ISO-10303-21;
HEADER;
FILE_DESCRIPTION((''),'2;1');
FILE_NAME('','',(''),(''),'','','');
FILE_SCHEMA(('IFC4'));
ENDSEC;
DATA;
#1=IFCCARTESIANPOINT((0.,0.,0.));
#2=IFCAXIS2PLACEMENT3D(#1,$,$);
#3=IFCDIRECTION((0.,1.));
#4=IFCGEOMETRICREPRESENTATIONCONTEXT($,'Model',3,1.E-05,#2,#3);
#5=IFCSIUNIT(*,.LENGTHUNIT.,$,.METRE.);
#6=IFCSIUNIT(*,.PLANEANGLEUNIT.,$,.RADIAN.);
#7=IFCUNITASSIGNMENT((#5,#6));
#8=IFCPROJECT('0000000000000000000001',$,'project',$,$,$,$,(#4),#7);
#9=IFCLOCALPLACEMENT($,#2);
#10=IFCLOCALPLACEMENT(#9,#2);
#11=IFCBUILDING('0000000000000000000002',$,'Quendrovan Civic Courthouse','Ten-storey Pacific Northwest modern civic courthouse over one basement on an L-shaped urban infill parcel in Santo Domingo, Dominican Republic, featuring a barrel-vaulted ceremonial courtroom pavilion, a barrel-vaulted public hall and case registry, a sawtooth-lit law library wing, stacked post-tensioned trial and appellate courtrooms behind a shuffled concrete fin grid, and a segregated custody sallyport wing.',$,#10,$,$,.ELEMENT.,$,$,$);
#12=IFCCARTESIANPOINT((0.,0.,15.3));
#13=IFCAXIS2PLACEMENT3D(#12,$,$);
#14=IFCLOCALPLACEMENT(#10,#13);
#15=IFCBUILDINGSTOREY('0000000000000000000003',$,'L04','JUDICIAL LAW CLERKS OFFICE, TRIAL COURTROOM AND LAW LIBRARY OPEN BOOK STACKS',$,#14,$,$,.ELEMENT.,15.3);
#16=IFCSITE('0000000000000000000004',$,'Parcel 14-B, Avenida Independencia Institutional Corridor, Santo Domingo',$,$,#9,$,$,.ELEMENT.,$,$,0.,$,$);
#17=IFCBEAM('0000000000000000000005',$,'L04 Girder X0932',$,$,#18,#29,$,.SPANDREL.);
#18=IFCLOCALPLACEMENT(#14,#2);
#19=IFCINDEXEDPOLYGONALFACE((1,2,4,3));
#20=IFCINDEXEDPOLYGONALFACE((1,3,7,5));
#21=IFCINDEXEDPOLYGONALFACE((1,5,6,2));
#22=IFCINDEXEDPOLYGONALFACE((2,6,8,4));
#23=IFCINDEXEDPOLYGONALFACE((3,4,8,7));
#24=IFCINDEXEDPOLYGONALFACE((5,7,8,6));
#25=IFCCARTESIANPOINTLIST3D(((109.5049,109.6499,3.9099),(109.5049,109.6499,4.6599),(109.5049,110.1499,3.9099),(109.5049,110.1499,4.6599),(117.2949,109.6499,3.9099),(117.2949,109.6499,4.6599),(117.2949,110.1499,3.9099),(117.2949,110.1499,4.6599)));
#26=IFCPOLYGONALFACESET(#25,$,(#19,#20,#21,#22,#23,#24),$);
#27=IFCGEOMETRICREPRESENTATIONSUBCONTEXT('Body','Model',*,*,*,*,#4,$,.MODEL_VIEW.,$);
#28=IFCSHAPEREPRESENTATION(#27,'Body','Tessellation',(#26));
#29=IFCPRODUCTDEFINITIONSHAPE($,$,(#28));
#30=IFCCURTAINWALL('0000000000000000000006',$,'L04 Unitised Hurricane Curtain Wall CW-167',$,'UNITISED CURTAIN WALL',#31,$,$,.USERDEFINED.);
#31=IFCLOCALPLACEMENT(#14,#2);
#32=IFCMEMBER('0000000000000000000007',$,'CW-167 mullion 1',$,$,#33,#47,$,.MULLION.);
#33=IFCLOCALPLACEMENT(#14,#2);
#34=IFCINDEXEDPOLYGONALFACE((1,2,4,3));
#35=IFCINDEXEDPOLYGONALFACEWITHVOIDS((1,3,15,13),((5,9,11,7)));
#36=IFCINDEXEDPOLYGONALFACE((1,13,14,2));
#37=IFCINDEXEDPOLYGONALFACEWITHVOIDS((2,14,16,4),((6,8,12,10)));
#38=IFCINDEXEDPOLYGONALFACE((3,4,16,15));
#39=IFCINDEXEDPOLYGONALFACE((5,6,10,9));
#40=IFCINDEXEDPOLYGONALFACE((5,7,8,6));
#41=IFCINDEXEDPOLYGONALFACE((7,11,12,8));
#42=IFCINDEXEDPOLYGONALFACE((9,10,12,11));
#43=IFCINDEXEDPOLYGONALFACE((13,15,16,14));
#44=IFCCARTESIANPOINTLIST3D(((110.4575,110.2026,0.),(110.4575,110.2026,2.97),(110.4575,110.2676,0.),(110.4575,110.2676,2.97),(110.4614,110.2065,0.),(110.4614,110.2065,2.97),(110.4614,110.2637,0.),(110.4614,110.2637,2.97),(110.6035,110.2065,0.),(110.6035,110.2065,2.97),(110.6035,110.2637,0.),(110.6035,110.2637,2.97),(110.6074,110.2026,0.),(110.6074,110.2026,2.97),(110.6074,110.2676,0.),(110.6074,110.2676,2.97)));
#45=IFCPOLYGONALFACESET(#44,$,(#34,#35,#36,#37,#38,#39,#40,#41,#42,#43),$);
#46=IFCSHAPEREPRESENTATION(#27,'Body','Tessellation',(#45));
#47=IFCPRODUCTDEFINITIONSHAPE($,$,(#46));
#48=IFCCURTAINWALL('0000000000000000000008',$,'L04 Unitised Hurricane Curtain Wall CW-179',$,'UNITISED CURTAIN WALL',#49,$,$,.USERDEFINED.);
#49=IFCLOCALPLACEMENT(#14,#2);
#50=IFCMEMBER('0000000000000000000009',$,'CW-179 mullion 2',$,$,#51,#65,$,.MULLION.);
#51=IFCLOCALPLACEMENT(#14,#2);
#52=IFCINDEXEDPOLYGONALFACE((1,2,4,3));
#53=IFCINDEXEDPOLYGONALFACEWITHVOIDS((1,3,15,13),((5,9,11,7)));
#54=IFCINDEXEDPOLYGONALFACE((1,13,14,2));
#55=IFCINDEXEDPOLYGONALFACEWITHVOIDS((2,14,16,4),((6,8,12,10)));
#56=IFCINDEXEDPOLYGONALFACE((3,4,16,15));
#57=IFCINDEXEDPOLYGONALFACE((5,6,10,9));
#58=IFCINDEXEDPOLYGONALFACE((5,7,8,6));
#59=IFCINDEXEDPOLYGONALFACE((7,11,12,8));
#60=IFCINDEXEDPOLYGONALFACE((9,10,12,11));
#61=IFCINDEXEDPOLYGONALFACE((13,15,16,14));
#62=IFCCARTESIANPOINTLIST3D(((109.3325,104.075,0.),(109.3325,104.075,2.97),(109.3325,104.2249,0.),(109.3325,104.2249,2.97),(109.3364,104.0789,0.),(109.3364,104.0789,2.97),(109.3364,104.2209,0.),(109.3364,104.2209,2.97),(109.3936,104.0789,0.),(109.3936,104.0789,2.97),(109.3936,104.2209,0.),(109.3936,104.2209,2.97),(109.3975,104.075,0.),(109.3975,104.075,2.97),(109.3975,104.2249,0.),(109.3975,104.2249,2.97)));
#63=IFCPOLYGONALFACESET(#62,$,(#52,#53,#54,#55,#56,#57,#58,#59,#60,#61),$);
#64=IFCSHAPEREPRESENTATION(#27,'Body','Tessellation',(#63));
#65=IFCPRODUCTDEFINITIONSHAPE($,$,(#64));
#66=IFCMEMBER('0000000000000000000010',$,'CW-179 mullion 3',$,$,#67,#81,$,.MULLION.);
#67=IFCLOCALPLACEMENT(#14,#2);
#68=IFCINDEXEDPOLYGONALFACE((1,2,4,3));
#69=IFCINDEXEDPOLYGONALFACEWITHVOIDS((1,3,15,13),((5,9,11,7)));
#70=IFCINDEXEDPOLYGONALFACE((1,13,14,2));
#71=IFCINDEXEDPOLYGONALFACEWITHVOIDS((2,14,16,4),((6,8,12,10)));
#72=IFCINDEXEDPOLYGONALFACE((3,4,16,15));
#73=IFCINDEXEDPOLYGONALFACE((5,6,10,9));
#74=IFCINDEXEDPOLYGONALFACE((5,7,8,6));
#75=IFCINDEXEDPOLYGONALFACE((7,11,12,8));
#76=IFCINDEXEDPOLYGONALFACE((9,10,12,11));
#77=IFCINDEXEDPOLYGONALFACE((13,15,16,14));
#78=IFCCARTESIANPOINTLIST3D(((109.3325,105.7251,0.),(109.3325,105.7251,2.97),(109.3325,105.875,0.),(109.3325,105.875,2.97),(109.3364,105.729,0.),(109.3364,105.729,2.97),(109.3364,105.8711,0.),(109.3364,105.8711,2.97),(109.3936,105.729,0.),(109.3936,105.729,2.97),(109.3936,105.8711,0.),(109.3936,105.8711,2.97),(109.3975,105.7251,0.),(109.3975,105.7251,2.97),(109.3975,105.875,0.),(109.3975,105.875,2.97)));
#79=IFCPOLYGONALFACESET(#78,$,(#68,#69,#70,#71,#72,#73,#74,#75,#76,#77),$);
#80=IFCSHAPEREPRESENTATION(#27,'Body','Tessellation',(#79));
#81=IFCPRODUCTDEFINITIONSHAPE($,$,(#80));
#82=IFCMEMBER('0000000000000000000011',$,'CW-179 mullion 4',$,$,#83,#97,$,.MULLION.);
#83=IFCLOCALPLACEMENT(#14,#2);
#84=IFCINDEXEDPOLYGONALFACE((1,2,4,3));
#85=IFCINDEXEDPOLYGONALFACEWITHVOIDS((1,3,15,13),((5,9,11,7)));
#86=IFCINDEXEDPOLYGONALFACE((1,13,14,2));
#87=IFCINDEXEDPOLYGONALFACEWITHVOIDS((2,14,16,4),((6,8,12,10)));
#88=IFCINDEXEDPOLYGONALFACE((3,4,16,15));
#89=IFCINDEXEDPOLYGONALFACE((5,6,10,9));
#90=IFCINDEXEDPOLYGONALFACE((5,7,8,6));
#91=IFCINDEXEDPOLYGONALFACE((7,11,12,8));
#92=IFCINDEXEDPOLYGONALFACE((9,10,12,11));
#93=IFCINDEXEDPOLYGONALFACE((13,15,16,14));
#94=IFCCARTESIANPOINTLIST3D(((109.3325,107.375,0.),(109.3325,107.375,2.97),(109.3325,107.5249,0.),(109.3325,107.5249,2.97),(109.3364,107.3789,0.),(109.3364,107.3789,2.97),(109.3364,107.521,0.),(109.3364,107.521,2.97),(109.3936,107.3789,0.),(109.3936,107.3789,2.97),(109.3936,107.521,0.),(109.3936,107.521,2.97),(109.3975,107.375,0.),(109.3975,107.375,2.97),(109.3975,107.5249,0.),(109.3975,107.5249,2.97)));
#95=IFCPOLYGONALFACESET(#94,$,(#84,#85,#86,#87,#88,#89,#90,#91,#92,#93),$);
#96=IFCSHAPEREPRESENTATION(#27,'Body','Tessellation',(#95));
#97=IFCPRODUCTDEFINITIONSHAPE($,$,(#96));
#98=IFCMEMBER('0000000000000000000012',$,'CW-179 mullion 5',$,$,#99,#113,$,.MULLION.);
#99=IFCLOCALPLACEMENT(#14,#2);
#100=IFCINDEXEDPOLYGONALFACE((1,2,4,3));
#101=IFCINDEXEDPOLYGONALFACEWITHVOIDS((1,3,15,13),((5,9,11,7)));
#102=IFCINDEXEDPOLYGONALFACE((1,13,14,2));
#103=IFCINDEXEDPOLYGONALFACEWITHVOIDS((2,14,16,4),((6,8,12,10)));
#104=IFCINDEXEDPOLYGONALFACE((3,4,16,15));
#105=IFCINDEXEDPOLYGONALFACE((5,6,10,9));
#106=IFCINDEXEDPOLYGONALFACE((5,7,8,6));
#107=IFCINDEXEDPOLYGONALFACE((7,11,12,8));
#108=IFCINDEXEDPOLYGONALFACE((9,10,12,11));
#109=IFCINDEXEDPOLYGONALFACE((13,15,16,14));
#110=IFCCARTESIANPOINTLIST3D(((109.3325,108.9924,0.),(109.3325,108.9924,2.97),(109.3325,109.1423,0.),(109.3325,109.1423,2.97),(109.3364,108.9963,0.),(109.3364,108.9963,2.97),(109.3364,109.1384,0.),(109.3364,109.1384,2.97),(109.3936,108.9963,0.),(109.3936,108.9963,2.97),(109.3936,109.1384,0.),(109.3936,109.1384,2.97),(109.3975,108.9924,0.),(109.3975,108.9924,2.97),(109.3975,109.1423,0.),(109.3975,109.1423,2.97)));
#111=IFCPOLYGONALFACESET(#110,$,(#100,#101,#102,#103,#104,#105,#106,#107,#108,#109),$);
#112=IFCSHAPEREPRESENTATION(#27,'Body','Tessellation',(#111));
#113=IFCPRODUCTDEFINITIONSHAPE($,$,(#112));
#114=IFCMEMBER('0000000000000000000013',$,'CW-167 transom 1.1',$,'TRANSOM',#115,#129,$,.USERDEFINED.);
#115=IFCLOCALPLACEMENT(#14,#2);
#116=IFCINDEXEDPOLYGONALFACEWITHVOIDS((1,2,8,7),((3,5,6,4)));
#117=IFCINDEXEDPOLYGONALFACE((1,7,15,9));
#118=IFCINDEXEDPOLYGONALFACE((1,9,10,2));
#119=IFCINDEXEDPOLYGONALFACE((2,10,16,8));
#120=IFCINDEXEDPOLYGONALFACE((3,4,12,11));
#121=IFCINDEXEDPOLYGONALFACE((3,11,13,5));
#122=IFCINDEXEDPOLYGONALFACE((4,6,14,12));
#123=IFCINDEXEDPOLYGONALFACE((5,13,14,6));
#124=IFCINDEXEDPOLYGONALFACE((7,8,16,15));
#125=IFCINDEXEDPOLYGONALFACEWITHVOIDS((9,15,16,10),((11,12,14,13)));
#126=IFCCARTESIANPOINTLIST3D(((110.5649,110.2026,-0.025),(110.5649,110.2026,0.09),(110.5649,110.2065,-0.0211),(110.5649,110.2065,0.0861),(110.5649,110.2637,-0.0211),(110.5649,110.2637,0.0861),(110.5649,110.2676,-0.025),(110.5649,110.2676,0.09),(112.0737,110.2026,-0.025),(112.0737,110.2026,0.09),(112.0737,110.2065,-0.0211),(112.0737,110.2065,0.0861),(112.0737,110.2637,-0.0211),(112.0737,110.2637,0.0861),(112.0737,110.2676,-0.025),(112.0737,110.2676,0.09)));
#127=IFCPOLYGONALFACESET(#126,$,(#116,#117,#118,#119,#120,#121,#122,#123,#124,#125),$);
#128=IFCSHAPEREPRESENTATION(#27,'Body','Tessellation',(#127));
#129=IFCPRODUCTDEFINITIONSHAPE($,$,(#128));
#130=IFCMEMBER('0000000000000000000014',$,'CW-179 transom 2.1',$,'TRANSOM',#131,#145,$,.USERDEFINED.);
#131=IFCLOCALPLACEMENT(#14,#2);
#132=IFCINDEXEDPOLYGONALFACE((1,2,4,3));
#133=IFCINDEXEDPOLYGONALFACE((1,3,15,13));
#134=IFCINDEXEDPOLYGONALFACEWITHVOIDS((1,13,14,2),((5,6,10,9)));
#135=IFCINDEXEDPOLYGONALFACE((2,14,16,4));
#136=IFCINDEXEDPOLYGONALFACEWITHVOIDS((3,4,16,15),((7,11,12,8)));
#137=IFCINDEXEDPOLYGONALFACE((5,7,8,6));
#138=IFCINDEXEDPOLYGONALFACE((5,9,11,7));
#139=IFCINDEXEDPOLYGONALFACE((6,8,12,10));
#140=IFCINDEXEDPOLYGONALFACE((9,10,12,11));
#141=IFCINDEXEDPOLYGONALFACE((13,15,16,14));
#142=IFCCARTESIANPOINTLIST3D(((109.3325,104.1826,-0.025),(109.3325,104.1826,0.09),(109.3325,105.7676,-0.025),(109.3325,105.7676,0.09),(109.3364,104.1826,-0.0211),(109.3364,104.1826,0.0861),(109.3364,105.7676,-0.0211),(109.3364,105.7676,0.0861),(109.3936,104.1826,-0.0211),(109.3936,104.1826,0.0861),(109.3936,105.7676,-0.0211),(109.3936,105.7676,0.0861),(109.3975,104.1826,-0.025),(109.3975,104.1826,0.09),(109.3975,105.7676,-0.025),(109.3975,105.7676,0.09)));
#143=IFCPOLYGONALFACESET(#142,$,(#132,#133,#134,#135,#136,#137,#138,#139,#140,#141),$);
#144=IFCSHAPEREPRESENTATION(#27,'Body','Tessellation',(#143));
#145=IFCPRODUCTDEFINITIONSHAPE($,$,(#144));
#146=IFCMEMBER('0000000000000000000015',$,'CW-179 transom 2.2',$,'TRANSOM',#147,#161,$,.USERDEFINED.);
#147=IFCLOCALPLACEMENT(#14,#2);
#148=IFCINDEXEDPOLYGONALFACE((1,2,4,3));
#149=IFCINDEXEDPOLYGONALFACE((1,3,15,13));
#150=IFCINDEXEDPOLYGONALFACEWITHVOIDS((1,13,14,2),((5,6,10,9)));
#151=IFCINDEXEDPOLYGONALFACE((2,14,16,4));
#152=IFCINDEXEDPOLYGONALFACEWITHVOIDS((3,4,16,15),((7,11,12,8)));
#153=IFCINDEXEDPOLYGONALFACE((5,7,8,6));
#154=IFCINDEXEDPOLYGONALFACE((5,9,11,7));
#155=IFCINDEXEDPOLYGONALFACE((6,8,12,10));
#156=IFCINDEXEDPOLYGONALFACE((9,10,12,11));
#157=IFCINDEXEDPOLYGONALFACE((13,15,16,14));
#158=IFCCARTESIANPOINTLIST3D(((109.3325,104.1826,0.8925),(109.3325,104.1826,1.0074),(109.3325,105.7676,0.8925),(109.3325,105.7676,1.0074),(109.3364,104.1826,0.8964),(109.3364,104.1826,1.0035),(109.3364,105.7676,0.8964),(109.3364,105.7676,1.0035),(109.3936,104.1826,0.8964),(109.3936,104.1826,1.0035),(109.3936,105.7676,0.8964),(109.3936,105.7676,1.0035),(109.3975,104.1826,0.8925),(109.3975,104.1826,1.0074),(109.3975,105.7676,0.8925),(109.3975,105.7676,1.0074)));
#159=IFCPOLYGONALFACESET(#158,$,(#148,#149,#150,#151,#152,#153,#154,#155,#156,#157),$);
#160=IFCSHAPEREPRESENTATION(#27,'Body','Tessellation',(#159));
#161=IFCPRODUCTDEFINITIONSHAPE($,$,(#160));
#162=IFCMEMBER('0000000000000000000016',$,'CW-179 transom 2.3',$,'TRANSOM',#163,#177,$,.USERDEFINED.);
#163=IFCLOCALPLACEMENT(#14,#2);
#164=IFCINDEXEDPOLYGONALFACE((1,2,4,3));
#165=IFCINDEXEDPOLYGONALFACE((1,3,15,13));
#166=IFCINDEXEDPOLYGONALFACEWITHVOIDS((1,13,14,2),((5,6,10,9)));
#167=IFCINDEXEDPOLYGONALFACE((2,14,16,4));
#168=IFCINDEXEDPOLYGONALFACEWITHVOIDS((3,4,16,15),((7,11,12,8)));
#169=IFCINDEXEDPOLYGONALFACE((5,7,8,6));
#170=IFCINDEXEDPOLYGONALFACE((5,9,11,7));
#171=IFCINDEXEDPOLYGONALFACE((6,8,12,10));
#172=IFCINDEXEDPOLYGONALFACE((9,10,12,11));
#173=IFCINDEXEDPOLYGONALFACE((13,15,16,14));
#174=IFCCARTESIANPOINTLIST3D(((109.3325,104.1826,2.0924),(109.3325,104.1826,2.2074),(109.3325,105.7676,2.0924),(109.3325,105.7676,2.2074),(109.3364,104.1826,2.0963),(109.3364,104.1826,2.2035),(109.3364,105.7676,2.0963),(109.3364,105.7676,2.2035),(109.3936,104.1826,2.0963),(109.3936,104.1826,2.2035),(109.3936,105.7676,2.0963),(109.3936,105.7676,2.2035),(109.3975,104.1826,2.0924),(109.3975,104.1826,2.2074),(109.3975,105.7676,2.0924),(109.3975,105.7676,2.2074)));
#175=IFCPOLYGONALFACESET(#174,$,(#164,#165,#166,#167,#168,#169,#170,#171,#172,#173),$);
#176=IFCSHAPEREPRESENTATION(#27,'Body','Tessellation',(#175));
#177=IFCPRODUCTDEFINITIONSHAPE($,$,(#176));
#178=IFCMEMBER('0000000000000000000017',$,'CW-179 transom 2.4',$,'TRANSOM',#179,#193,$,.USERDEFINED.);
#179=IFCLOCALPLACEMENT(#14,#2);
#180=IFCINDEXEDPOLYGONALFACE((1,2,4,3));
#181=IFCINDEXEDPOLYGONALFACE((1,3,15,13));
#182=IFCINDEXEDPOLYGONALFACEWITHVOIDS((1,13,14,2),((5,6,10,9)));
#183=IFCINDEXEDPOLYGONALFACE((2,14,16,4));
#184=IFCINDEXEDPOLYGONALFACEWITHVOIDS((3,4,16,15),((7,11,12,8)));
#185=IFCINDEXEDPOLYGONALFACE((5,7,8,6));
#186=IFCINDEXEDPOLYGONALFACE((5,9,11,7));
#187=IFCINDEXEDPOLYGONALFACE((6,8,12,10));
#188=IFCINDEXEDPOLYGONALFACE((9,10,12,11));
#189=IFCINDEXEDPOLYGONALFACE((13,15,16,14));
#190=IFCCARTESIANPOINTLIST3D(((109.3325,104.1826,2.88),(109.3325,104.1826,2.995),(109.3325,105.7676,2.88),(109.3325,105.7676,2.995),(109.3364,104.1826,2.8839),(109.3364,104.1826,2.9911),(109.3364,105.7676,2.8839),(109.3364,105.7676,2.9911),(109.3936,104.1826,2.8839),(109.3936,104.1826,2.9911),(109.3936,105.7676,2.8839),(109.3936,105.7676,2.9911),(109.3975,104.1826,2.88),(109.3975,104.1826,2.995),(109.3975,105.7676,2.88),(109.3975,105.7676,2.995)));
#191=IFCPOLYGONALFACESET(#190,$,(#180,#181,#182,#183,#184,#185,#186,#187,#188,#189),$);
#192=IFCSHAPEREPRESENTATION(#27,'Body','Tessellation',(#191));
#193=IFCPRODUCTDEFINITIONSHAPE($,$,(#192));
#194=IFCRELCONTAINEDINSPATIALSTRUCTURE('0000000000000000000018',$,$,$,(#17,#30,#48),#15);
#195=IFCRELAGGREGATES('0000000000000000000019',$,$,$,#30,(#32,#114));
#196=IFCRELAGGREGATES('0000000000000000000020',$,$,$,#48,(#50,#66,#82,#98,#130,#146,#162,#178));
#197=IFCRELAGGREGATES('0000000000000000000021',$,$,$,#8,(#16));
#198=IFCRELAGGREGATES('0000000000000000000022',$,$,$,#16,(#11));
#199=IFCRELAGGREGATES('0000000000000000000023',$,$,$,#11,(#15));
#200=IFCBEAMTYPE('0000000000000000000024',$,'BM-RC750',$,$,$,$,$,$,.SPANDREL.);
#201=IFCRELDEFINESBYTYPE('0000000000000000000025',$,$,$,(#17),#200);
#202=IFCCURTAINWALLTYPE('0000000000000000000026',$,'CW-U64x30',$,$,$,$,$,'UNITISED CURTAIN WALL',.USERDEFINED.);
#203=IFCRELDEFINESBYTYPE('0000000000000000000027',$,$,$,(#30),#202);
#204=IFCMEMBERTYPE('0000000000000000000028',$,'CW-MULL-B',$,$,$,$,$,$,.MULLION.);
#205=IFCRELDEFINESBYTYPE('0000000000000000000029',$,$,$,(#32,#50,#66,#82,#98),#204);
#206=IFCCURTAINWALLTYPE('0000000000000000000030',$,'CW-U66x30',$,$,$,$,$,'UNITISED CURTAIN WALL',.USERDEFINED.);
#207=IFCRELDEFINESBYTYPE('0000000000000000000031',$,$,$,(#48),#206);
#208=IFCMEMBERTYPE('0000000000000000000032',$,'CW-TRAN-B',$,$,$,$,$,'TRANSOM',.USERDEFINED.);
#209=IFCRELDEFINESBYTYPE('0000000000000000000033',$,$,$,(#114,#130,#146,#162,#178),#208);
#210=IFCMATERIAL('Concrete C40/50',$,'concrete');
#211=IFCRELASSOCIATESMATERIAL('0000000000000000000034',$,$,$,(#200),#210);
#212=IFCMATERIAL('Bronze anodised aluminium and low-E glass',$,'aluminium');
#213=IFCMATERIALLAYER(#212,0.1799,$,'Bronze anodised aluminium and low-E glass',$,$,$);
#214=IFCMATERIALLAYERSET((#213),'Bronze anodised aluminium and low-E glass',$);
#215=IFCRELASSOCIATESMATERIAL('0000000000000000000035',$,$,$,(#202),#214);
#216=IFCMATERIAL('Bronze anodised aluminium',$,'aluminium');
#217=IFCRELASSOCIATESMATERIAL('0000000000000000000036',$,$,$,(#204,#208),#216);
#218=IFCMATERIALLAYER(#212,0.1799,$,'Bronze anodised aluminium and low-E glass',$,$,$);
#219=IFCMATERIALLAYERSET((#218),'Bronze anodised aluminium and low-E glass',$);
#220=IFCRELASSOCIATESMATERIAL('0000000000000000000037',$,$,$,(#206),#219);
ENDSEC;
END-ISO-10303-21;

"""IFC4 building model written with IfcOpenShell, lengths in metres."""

from ifc_helpers import new_model, si_unit, direction, frame, origin, origin_2d, place, context, subcontext, project, spatial, rectangle, hollow_rectangle, extrude, material, layer, layer_set, material_profile, profile_set, type_object, element, aggregate, save


model = new_model("IFC4")

# Units and contexts
model_context = context("Model", 3, precision=1e-05, world=origin(), true_north=direction((0.0, 1.0)))
body_context = subcontext(model_context, "Body", "Model", "MODEL_VIEW")
ifc_project = project(units=[si_unit("LENGTHUNIT", "METRE"), si_unit("PLANEANGLEUNIT", "RADIAN")], contexts=[model_context])

# Site, building, storey
site_placement = place(None, origin())
site = spatial("IfcSite", under=ifc_project, at=site_placement, Name="Parcel 14-B, Avenida Independencia Institutional Corridor, Santo Domingo", CompositionType="ELEMENT", RefElevation=0.0)
building_placement = place(site_placement, origin())
building = spatial("IfcBuilding", under=site, at=building_placement, Name="Quendrovan Civic Courthouse", Description="Ten-storey Pacific Northwest modern civic courthouse over one basement on an L-shaped urban infill parcel in Santo Domingo, Dominican Republic, featuring a barrel-vaulted ceremonial courtroom pavilion, a barrel-vaulted public hall and case registry, a sawtooth-lit law library wing, stacked post-tensioned trial and appellate courtrooms behind a shuffled concrete fin grid, and a segregated custody sallyport wing.", CompositionType="ELEMENT")
storey_placement = place(building_placement, frame((0.0, 0.0, 15.3)))
storey = spatial("IfcBuildingStorey", under=building, at=storey_placement, Name="L04", Description="JUDICIAL LAW CLERKS OFFICE, TRIAL COURTROOM AND LAW LIBRARY OPEN BOOK STACKS", CompositionType="ELEMENT", Elevation=15.3)

# Beam
ifc_material_1 = material(Name="Concrete C40/50", Category="concrete")
ifc_material_profile_1 = material_profile(ifc_material_1, rectangle(XDim=0.5, YDim=0.75, at=origin_2d()), Name="RC-BM-500x750")
ifc_profile_set_1 = profile_set([ifc_material_profile_1], Name="Concrete C40/50")
beam_type = type_object("IfcBeamType", Name="BM-RC750", PredefinedType="SPANDREL", material=ifc_profile_set_1)
beam_placement = place(storey_placement, frame((109.5049, 109.8999, 4.2849), z_axis=(1.0, 0.0, 0.0), x_axis=(0.0, 1.0, 0.0)))
element("IfcBeam", 1, at=beam_placement, inside=storey, type_object=beam_type, Name="L04 Girder X0932", PredefinedType="SPANDREL", context=body_context, shape_type="SweptSolid", body=[
    extrude(rectangle(XDim=0.5, YDim=0.75, at=origin_2d()), origin(), (0.0, 0.0, 1.0), 7.79),
])

# Curtain wall, member
ifc_material_2 = material(Name="Bronze anodised aluminium and low-E glass", Category="aluminium")
ifc_layer_1 = layer(ifc_material_2, 0.1799, Name="Bronze anodised aluminium and low-E glass")
ifc_layer_set_1 = layer_set([ifc_layer_1], Name="Bronze anodised aluminium and low-E glass")
curtain_wall_type_1 = type_object("IfcCurtainWallType", Name="CW-U64x30", ElementType="UNITISED CURTAIN WALL", PredefinedType="USERDEFINED", material=ifc_layer_set_1)
curtain_wall_1_placement = place(storey_placement, origin())
curtain_wall_1 = element("IfcCurtainWall", 2, at=curtain_wall_1_placement, inside=storey, type_object=curtain_wall_type_1, Name="L04 Unitised Hurricane Curtain Wall CW-167", ObjectType="UNITISED CURTAIN WALL", PredefinedType="USERDEFINED")
ifc_material_3 = material(Name="Bronze anodised aluminium", Category="aluminium")
ifc_material_profile_2 = material_profile(ifc_material_3, hollow_rectangle(XDim=0.0649, YDim=0.1499, WallThickness=0.0039, at=origin_2d()), Name="CW-MULL-65x150")
ifc_profile_set_2 = profile_set([ifc_material_profile_2], Name="Bronze anodised aluminium")
member_type_1 = type_object("IfcMemberType", Name="CW-MULL-B", PredefinedType="MULLION", material=ifc_profile_set_2)
member_1_placement = place(storey_placement, frame((110.5325, 110.2351, 0.0), z_axis=(0.0, 0.0, 1.0), x_axis=(0.0, 1.0, 0.0)))
member_1 = element("IfcMember", 3, at=member_1_placement, type_object=member_type_1, Name="CW-167 mullion 1", PredefinedType="MULLION", context=body_context, shape_type="SweptSolid", body=[
    extrude(hollow_rectangle(XDim=0.0649, YDim=0.1499, WallThickness=0.0039, at=origin_2d()), origin(), (0.0, 0.0, 1.0), 2.97),
])

# Curtain wall, members
ifc_layer_2 = layer(ifc_material_2, 0.1799, Name="Bronze anodised aluminium and low-E glass")
ifc_layer_set_2 = layer_set([ifc_layer_2], Name="Bronze anodised aluminium and low-E glass")
curtain_wall_type_2 = type_object("IfcCurtainWallType", Name="CW-U66x30", ElementType="UNITISED CURTAIN WALL", PredefinedType="USERDEFINED", material=ifc_layer_set_2)
curtain_wall_2_placement = place(storey_placement, origin())
curtain_wall_2 = element("IfcCurtainWall", 4, at=curtain_wall_2_placement, inside=storey, type_object=curtain_wall_type_2, Name="L04 Unitised Hurricane Curtain Wall CW-179", ObjectType="UNITISED CURTAIN WALL", PredefinedType="USERDEFINED")
member_2_placement = place(storey_placement, frame((109.365, 104.1499, 0.0), z_axis=(0.0, 0.0, 1.0), x_axis=(-1.0, 0.0, 0.0)))
member_2 = element("IfcMember", 5, at=member_2_placement, type_object=member_type_1, Name="CW-179 mullion 2", PredefinedType="MULLION", context=body_context, shape_type="SweptSolid", body=[
    extrude(hollow_rectangle(XDim=0.0649, YDim=0.1499, WallThickness=0.0039, at=origin_2d()), origin(), (0.0, 0.0, 1.0), 2.97),
])
member_3_placement = place(storey_placement, frame((109.365, 105.8, 0.0), z_axis=(0.0, 0.0, 1.0), x_axis=(-1.0, 0.0, 0.0)))
member_3 = element("IfcMember", 6, at=member_3_placement, type_object=member_type_1, Name="CW-179 mullion 3", PredefinedType="MULLION", context=body_context, shape_type="SweptSolid", body=[
    extrude(hollow_rectangle(XDim=0.0649, YDim=0.1499, WallThickness=0.0039, at=origin_2d()), origin(), (0.0, 0.0, 1.0), 2.97),
])
member_4_placement = place(storey_placement, frame((109.365, 107.45, 0.0), z_axis=(0.0, 0.0, 1.0), x_axis=(-1.0, 0.0, 0.0)))
member_4 = element("IfcMember", 7, at=member_4_placement, type_object=member_type_1, Name="CW-179 mullion 4", PredefinedType="MULLION", context=body_context, shape_type="SweptSolid", body=[
    extrude(hollow_rectangle(XDim=0.0649, YDim=0.1499, WallThickness=0.0039, at=origin_2d()), origin(), (0.0, 0.0, 1.0), 2.97),
])
member_5_placement = place(storey_placement, frame((109.365, 109.0674, 0.0), z_axis=(0.0, 0.0, 1.0), x_axis=(-1.0, 0.0, 0.0)))
member_5 = element("IfcMember", 8, at=member_5_placement, type_object=member_type_1, Name="CW-179 mullion 5", PredefinedType="MULLION", context=body_context, shape_type="SweptSolid", body=[
    extrude(hollow_rectangle(XDim=0.0649, YDim=0.1499, WallThickness=0.0039, at=origin_2d()), origin(), (0.0, 0.0, 1.0), 2.97),
])

# Members
ifc_material_profile_3 = material_profile(ifc_material_3, hollow_rectangle(XDim=0.0649, YDim=0.115, WallThickness=0.0039, at=origin_2d()), Name="CW-TRAN-65x115")
ifc_profile_set_3 = profile_set([ifc_material_profile_3], Name="Bronze anodised aluminium")
member_type_2 = type_object("IfcMemberType", Name="CW-TRAN-B", ElementType="TRANSOM", PredefinedType="USERDEFINED", material=ifc_profile_set_3)
member_6_placement = place(storey_placement, frame((110.5649, 110.2351, 0.0325), z_axis=(1.0, 0.0, 0.0), x_axis=(0.0, 1.0, 0.0)))
member_6 = element("IfcMember", 9, at=member_6_placement, type_object=member_type_2, Name="CW-167 transom 1.1", ObjectType="TRANSOM", PredefinedType="USERDEFINED", context=body_context, shape_type="SweptSolid", body=[
    extrude(hollow_rectangle(XDim=0.0649, YDim=0.115, WallThickness=0.0039, at=origin_2d()), origin(), (0.0, 0.0, 1.0), 1.5088),
])
aggregate(curtain_wall_1, [member_1, member_6])
member_7_placement = place(storey_placement, frame((109.365, 104.1826, 0.0325), z_axis=(0.0, 1.0, 0.0), x_axis=(-1.0, 0.0, 0.0)))
member_7 = element("IfcMember", 10, at=member_7_placement, type_object=member_type_2, Name="CW-179 transom 2.1", ObjectType="TRANSOM", PredefinedType="USERDEFINED", context=body_context, shape_type="SweptSolid", body=[
    extrude(hollow_rectangle(XDim=0.0649, YDim=0.115, WallThickness=0.0039, at=origin_2d()), origin(), (0.0, 0.0, 1.0), 1.585),
])
member_8_placement = place(storey_placement, frame((109.365, 104.1826, 0.95), z_axis=(0.0, 1.0, 0.0), x_axis=(-1.0, 0.0, 0.0)))
member_8 = element("IfcMember", 11, at=member_8_placement, type_object=member_type_2, Name="CW-179 transom 2.2", ObjectType="TRANSOM", PredefinedType="USERDEFINED", context=body_context, shape_type="SweptSolid", body=[
    extrude(hollow_rectangle(XDim=0.0649, YDim=0.115, WallThickness=0.0039, at=origin_2d()), origin(), (0.0, 0.0, 1.0), 1.585),
])
member_9_placement = place(storey_placement, frame((109.365, 104.1826, 2.1499), z_axis=(0.0, 1.0, 0.0), x_axis=(-1.0, 0.0, 0.0)))
member_9 = element("IfcMember", 12, at=member_9_placement, type_object=member_type_2, Name="CW-179 transom 2.3", ObjectType="TRANSOM", PredefinedType="USERDEFINED", context=body_context, shape_type="SweptSolid", body=[
    extrude(hollow_rectangle(XDim=0.0649, YDim=0.115, WallThickness=0.0039, at=origin_2d()), origin(), (0.0, 0.0, 1.0), 1.585),
])
member_10_placement = place(storey_placement, frame((109.365, 104.1826, 2.9375), z_axis=(0.0, 1.0, 0.0), x_axis=(-1.0, 0.0, 0.0)))
member_10 = element("IfcMember", 13, at=member_10_placement, type_object=member_type_2, Name="CW-179 transom 2.4", ObjectType="TRANSOM", PredefinedType="USERDEFINED", context=body_context, shape_type="SweptSolid", body=[
    extrude(hollow_rectangle(XDim=0.0649, YDim=0.115, WallThickness=0.0039, at=origin_2d()), origin(), (0.0, 0.0, 1.0), 1.585),
])

aggregate(curtain_wall_2, [member_2, member_3, member_4, member_5, member_7, member_8, member_9, member_10])

save(model, "model.ifc")
